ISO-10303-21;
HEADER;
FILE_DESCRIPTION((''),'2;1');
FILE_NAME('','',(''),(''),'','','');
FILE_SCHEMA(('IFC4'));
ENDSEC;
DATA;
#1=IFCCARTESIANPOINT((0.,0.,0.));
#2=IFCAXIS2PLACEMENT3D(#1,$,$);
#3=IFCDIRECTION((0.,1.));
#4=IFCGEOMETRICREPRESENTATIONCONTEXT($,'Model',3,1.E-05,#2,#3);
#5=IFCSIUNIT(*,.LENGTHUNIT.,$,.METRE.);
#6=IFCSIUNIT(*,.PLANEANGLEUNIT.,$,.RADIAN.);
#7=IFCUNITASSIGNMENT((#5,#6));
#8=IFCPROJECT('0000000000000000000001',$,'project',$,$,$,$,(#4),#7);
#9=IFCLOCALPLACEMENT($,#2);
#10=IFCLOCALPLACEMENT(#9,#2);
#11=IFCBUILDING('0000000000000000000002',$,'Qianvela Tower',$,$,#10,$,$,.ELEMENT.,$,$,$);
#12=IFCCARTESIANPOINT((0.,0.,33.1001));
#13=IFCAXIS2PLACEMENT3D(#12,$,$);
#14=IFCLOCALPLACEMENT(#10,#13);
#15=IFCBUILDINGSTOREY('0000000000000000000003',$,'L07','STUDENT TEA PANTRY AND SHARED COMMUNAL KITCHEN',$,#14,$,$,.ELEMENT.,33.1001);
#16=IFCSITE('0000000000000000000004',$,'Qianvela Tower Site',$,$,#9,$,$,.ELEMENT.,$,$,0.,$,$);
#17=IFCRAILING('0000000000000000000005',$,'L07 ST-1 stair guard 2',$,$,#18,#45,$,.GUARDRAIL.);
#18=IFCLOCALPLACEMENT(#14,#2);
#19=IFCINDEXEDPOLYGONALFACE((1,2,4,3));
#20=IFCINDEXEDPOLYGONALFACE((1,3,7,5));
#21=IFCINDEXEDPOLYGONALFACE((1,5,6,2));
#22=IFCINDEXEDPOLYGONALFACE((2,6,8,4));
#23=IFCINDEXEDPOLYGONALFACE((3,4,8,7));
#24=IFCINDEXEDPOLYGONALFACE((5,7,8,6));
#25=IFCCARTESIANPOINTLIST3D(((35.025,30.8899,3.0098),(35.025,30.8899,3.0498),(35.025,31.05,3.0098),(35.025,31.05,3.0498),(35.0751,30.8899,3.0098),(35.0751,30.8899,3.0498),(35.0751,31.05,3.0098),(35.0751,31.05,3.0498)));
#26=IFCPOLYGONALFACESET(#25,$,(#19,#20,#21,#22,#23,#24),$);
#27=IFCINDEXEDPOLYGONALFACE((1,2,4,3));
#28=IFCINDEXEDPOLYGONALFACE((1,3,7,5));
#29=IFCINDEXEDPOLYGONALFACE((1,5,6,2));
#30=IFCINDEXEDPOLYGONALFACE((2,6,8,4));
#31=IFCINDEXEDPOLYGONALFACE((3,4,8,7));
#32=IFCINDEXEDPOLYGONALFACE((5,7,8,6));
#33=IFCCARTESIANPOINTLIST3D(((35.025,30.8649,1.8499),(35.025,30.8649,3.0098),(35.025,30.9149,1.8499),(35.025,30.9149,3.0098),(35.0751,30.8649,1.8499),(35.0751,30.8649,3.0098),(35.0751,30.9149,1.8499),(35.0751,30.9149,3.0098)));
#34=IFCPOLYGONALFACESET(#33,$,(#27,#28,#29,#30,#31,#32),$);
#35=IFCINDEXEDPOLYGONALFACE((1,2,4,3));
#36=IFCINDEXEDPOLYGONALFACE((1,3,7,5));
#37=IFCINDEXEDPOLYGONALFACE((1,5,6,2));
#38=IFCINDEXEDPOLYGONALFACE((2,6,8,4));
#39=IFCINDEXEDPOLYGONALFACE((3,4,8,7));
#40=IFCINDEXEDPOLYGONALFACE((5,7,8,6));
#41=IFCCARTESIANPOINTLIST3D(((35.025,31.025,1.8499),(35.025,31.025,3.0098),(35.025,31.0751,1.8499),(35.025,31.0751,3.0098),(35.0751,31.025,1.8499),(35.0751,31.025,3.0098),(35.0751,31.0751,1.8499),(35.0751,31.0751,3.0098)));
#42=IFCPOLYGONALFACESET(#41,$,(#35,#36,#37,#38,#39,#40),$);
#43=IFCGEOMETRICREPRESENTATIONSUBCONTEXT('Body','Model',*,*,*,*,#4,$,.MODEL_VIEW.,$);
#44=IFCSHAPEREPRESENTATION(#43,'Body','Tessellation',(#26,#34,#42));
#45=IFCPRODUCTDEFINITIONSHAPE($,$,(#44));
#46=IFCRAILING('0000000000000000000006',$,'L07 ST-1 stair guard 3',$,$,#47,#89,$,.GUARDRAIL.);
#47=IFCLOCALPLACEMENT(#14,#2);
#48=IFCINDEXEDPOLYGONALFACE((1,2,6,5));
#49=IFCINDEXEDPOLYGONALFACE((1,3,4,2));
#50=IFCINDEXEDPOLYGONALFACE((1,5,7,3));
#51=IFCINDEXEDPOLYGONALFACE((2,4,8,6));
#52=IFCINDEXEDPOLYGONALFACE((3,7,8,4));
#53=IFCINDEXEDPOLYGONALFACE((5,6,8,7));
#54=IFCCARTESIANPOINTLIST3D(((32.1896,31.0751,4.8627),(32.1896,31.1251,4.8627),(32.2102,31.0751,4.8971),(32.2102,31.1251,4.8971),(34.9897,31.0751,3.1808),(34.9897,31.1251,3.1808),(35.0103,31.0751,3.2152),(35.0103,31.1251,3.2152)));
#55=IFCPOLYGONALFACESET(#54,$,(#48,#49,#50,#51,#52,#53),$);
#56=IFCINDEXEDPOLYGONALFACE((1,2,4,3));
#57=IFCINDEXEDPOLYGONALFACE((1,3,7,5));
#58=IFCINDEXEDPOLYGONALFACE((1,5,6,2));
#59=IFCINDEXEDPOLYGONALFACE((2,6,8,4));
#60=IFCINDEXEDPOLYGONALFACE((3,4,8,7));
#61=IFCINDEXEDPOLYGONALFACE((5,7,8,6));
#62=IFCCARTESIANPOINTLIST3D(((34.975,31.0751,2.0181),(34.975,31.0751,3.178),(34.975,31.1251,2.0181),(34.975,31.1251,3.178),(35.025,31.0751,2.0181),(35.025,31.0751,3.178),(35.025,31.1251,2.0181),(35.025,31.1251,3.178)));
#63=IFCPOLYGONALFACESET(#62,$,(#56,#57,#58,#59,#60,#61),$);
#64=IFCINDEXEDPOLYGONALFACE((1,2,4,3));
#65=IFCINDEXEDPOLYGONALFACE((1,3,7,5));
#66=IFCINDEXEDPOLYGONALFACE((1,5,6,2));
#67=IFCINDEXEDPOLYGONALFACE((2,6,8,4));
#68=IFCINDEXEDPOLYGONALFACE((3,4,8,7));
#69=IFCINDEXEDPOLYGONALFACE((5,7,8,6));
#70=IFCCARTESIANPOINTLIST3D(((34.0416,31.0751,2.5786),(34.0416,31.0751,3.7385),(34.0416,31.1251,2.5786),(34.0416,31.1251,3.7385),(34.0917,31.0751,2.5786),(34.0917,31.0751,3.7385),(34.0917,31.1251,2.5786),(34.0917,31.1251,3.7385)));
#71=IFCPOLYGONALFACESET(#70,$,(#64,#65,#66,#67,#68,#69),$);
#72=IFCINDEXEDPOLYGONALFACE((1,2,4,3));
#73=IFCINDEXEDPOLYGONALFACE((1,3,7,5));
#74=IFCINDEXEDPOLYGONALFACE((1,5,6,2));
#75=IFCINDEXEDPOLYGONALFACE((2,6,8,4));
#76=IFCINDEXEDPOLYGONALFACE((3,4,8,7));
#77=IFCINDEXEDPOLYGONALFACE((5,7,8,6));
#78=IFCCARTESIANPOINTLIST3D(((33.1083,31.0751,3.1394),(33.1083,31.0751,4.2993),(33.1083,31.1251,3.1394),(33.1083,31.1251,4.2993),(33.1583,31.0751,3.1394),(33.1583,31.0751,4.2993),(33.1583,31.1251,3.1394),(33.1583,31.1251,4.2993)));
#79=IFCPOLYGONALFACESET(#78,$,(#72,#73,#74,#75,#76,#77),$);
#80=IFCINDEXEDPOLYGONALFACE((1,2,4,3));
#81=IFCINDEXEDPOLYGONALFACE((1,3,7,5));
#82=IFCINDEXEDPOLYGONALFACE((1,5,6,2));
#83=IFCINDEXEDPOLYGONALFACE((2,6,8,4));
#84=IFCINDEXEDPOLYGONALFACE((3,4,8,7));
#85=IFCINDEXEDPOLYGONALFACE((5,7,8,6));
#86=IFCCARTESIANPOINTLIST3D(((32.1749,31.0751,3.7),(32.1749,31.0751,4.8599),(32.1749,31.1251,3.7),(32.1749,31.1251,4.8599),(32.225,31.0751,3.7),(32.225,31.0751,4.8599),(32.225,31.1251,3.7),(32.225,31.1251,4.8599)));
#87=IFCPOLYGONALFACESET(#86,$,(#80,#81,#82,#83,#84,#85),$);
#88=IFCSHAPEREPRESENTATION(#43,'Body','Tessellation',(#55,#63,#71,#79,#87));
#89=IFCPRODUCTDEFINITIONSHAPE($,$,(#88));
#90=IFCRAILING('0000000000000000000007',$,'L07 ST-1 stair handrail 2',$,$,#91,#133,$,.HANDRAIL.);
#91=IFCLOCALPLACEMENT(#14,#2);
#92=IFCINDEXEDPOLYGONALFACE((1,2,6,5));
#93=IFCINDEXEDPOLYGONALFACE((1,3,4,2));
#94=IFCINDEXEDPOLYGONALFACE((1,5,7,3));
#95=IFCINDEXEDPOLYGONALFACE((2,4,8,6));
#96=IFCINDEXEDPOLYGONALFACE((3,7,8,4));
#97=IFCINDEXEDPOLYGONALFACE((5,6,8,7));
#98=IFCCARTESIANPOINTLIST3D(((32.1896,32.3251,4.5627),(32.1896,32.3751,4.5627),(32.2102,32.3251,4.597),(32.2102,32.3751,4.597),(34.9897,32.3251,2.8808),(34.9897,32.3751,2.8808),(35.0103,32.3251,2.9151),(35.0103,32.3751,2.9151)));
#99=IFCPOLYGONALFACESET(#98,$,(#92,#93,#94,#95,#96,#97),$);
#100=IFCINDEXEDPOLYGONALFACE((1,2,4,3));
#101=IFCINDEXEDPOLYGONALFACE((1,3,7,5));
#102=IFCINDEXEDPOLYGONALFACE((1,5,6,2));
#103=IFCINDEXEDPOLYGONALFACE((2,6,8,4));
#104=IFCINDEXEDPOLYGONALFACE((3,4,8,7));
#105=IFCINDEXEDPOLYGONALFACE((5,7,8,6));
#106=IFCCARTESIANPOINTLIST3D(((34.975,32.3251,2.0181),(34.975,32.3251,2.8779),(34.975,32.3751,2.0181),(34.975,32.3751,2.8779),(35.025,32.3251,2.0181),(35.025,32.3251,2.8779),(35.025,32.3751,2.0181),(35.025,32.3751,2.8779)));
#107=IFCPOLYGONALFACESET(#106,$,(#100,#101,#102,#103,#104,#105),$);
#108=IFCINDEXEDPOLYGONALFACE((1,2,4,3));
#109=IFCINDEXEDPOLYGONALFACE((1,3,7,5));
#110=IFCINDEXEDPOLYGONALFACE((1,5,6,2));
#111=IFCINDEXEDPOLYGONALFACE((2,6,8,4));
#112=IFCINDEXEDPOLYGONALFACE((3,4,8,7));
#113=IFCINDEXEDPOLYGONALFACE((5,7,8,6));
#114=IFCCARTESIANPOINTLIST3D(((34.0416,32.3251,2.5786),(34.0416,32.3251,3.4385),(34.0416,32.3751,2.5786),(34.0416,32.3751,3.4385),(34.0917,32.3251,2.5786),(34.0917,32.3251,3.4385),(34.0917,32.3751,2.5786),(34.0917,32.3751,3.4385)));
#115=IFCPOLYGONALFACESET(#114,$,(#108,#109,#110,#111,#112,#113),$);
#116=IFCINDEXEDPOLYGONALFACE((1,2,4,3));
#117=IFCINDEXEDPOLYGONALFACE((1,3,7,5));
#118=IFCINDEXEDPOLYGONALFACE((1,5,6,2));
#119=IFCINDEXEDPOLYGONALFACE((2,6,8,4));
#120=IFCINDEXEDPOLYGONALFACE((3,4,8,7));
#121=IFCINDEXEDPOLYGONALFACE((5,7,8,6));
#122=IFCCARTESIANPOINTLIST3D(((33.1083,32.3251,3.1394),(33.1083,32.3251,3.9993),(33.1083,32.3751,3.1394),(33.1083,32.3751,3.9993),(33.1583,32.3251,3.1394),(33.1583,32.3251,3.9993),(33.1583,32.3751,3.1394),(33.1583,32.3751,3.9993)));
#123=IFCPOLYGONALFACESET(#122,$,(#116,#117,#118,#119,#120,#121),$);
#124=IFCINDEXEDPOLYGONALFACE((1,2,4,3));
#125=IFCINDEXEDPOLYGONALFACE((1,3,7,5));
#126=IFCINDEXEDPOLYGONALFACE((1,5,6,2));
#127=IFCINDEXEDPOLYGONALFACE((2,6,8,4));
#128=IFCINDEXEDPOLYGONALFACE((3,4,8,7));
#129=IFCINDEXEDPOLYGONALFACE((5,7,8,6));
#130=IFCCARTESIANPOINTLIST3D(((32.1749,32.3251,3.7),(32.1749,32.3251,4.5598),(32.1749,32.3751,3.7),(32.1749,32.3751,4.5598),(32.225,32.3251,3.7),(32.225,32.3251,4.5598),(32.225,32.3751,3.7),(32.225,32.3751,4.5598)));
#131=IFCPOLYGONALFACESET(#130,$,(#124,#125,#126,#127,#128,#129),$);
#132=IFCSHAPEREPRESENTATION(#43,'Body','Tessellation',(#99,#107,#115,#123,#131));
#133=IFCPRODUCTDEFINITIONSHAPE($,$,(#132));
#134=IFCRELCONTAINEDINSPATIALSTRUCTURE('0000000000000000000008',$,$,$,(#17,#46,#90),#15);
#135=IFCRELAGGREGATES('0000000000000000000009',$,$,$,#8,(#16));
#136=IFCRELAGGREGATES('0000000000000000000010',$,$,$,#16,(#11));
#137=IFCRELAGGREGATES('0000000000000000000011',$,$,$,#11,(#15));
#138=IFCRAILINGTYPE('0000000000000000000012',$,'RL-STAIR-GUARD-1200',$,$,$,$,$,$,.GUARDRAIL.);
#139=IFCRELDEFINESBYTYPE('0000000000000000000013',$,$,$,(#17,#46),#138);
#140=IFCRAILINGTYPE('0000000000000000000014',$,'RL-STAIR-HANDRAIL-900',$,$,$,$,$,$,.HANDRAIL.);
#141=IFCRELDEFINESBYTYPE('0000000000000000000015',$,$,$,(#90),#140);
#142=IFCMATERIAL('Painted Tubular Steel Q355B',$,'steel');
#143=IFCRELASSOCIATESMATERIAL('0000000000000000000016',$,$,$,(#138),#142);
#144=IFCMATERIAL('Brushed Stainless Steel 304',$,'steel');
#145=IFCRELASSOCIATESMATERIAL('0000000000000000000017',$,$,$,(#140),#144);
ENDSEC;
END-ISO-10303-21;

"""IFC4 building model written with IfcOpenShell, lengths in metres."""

from ifc_helpers import new_model, si_unit, direction, frame, origin, origin_2d, place, context, subcontext, project, spatial, rectangle, extrude, material, type_object, element, save


model = new_model("IFC4")

# Units and contexts
model_context = context("Model", 3, precision=1e-05, world=origin(), true_north=direction((0.0, 1.0)))
body_context = subcontext(model_context, "Body", "Model", "MODEL_VIEW")
ifc_project = project(units=[si_unit("LENGTHUNIT", "METRE"), si_unit("PLANEANGLEUNIT", "RADIAN")], contexts=[model_context])

# Site, building, storey
site_placement = place(None, origin())
site = spatial("IfcSite", under=ifc_project, at=site_placement, Name="Qianvela Tower Site", CompositionType="ELEMENT", RefElevation=0.0)
building_placement = place(site_placement, origin())
building = spatial("IfcBuilding", under=site, at=building_placement, Name="Qianvela Tower", CompositionType="ELEMENT")
storey_placement = place(building_placement, frame((0.0, 0.0, 33.1001)))
storey = spatial("IfcBuildingStorey", under=building, at=storey_placement, Name="L07", Description="STUDENT TEA PANTRY AND SHARED COMMUNAL KITCHEN", CompositionType="ELEMENT", Elevation=33.1001)

# Railings
ifc_material_1 = material(Name="Painted Tubular Steel Q355B", Category="steel")
railing_type_1 = type_object("IfcRailingType", Name="RL-STAIR-GUARD-1200", PredefinedType="GUARDRAIL", material=ifc_material_1)
railing_1_placement = place(storey_placement, frame((35.05, 30.8899, 1.8499)))
element("IfcRailing", 1, at=railing_1_placement, inside=storey, type_object=railing_type_1, Name="L07 ST-1 stair guard 2", PredefinedType="GUARDRAIL", context=body_context, shape_type="SweptSolid", body=[
    extrude(rectangle(XDim=0.05, YDim=0.04, at=origin_2d()), frame((0.0, 0.0, 1.1799), z_axis=(0.0, 1.0, 0.0), x_axis=(-1.0, 0.0, 0.0)), (0.0, 0.0, 1.0), 0.1602),
    extrude(rectangle(XDim=0.05, YDim=0.05, at=origin_2d()), origin(), (0.0, 0.0, 1.0), 1.1599),
    extrude(rectangle(XDim=0.05, YDim=0.05, at=origin_2d()), frame((0.0, 0.1602, 0.0)), (0.0, 0.0, 1.0), 1.1599),
])
railing_2_placement = place(storey_placement, frame((35.0, 31.1001, 2.0181)))
element("IfcRailing", 2, at=railing_2_placement, inside=storey, type_object=railing_type_1, Name="L07 ST-1 stair guard 3", PredefinedType="GUARDRAIL", context=body_context, shape_type="SweptSolid", body=[
    extrude(rectangle(XDim=0.05, YDim=0.04, at=origin_2d()), frame((0.0, 0.0, 1.1799), z_axis=(-0.857242, 0.0, 0.514913), x_axis=(0.0, -1.0, 0.0)), (0.0, 0.0, 1.0), 3.2664),
    extrude(rectangle(XDim=0.05, YDim=0.05, at=origin_2d()), origin(), (0.0, 0.0, 1.0), 1.1599),
    extrude(rectangle(XDim=0.05, YDim=0.05, at=origin_2d()), frame((-0.9333, 0.0, 0.5605)), (0.0, 0.0, 1.0), 1.1599),
    extrude(rectangle(XDim=0.05, YDim=0.05, at=origin_2d()), frame((-1.8667, 0.0, 1.1213)), (0.0, 0.0, 1.0), 1.1599),
    extrude(rectangle(XDim=0.05, YDim=0.05, at=origin_2d()), frame((-2.8, 0.0, 1.6819)), (0.0, 0.0, 1.0), 1.1599),
])
ifc_material_2 = material(Name="Brushed Stainless Steel 304", Category="steel")
railing_type_2 = type_object("IfcRailingType", Name="RL-STAIR-HANDRAIL-900", PredefinedType="HANDRAIL", material=ifc_material_2)
railing_3_placement = place(storey_placement, frame((35.0, 32.3501, 2.0181)))
element("IfcRailing", 3, at=railing_3_placement, inside=storey, type_object=railing_type_2, Name="L07 ST-1 stair handrail 2", PredefinedType="HANDRAIL", context=body_context, shape_type="SweptSolid", body=[
    extrude(rectangle(XDim=0.05, YDim=0.04, at=origin_2d()), frame((0.0, 0.0, 0.8799), z_axis=(-0.857242, 0.0, 0.514913), x_axis=(0.0, -1.0, 0.0)), (0.0, 0.0, 1.0), 3.2664),
    extrude(rectangle(XDim=0.05, YDim=0.05, at=origin_2d()), origin(), (0.0, 0.0, 1.0), 0.8599),
    extrude(rectangle(XDim=0.05, YDim=0.05, at=origin_2d()), frame((-0.9333, 0.0, 0.5605)), (0.0, 0.0, 1.0), 0.8599),
    extrude(rectangle(XDim=0.05, YDim=0.05, at=origin_2d()), frame((-1.8667, 0.0, 1.1213)), (0.0, 0.0, 1.0), 0.8599),
    extrude(rectangle(XDim=0.05, YDim=0.05, at=origin_2d()), frame((-2.8, 0.0, 1.6819)), (0.0, 0.0, 1.0), 0.8599),
])

save(model, "model.ifc")
